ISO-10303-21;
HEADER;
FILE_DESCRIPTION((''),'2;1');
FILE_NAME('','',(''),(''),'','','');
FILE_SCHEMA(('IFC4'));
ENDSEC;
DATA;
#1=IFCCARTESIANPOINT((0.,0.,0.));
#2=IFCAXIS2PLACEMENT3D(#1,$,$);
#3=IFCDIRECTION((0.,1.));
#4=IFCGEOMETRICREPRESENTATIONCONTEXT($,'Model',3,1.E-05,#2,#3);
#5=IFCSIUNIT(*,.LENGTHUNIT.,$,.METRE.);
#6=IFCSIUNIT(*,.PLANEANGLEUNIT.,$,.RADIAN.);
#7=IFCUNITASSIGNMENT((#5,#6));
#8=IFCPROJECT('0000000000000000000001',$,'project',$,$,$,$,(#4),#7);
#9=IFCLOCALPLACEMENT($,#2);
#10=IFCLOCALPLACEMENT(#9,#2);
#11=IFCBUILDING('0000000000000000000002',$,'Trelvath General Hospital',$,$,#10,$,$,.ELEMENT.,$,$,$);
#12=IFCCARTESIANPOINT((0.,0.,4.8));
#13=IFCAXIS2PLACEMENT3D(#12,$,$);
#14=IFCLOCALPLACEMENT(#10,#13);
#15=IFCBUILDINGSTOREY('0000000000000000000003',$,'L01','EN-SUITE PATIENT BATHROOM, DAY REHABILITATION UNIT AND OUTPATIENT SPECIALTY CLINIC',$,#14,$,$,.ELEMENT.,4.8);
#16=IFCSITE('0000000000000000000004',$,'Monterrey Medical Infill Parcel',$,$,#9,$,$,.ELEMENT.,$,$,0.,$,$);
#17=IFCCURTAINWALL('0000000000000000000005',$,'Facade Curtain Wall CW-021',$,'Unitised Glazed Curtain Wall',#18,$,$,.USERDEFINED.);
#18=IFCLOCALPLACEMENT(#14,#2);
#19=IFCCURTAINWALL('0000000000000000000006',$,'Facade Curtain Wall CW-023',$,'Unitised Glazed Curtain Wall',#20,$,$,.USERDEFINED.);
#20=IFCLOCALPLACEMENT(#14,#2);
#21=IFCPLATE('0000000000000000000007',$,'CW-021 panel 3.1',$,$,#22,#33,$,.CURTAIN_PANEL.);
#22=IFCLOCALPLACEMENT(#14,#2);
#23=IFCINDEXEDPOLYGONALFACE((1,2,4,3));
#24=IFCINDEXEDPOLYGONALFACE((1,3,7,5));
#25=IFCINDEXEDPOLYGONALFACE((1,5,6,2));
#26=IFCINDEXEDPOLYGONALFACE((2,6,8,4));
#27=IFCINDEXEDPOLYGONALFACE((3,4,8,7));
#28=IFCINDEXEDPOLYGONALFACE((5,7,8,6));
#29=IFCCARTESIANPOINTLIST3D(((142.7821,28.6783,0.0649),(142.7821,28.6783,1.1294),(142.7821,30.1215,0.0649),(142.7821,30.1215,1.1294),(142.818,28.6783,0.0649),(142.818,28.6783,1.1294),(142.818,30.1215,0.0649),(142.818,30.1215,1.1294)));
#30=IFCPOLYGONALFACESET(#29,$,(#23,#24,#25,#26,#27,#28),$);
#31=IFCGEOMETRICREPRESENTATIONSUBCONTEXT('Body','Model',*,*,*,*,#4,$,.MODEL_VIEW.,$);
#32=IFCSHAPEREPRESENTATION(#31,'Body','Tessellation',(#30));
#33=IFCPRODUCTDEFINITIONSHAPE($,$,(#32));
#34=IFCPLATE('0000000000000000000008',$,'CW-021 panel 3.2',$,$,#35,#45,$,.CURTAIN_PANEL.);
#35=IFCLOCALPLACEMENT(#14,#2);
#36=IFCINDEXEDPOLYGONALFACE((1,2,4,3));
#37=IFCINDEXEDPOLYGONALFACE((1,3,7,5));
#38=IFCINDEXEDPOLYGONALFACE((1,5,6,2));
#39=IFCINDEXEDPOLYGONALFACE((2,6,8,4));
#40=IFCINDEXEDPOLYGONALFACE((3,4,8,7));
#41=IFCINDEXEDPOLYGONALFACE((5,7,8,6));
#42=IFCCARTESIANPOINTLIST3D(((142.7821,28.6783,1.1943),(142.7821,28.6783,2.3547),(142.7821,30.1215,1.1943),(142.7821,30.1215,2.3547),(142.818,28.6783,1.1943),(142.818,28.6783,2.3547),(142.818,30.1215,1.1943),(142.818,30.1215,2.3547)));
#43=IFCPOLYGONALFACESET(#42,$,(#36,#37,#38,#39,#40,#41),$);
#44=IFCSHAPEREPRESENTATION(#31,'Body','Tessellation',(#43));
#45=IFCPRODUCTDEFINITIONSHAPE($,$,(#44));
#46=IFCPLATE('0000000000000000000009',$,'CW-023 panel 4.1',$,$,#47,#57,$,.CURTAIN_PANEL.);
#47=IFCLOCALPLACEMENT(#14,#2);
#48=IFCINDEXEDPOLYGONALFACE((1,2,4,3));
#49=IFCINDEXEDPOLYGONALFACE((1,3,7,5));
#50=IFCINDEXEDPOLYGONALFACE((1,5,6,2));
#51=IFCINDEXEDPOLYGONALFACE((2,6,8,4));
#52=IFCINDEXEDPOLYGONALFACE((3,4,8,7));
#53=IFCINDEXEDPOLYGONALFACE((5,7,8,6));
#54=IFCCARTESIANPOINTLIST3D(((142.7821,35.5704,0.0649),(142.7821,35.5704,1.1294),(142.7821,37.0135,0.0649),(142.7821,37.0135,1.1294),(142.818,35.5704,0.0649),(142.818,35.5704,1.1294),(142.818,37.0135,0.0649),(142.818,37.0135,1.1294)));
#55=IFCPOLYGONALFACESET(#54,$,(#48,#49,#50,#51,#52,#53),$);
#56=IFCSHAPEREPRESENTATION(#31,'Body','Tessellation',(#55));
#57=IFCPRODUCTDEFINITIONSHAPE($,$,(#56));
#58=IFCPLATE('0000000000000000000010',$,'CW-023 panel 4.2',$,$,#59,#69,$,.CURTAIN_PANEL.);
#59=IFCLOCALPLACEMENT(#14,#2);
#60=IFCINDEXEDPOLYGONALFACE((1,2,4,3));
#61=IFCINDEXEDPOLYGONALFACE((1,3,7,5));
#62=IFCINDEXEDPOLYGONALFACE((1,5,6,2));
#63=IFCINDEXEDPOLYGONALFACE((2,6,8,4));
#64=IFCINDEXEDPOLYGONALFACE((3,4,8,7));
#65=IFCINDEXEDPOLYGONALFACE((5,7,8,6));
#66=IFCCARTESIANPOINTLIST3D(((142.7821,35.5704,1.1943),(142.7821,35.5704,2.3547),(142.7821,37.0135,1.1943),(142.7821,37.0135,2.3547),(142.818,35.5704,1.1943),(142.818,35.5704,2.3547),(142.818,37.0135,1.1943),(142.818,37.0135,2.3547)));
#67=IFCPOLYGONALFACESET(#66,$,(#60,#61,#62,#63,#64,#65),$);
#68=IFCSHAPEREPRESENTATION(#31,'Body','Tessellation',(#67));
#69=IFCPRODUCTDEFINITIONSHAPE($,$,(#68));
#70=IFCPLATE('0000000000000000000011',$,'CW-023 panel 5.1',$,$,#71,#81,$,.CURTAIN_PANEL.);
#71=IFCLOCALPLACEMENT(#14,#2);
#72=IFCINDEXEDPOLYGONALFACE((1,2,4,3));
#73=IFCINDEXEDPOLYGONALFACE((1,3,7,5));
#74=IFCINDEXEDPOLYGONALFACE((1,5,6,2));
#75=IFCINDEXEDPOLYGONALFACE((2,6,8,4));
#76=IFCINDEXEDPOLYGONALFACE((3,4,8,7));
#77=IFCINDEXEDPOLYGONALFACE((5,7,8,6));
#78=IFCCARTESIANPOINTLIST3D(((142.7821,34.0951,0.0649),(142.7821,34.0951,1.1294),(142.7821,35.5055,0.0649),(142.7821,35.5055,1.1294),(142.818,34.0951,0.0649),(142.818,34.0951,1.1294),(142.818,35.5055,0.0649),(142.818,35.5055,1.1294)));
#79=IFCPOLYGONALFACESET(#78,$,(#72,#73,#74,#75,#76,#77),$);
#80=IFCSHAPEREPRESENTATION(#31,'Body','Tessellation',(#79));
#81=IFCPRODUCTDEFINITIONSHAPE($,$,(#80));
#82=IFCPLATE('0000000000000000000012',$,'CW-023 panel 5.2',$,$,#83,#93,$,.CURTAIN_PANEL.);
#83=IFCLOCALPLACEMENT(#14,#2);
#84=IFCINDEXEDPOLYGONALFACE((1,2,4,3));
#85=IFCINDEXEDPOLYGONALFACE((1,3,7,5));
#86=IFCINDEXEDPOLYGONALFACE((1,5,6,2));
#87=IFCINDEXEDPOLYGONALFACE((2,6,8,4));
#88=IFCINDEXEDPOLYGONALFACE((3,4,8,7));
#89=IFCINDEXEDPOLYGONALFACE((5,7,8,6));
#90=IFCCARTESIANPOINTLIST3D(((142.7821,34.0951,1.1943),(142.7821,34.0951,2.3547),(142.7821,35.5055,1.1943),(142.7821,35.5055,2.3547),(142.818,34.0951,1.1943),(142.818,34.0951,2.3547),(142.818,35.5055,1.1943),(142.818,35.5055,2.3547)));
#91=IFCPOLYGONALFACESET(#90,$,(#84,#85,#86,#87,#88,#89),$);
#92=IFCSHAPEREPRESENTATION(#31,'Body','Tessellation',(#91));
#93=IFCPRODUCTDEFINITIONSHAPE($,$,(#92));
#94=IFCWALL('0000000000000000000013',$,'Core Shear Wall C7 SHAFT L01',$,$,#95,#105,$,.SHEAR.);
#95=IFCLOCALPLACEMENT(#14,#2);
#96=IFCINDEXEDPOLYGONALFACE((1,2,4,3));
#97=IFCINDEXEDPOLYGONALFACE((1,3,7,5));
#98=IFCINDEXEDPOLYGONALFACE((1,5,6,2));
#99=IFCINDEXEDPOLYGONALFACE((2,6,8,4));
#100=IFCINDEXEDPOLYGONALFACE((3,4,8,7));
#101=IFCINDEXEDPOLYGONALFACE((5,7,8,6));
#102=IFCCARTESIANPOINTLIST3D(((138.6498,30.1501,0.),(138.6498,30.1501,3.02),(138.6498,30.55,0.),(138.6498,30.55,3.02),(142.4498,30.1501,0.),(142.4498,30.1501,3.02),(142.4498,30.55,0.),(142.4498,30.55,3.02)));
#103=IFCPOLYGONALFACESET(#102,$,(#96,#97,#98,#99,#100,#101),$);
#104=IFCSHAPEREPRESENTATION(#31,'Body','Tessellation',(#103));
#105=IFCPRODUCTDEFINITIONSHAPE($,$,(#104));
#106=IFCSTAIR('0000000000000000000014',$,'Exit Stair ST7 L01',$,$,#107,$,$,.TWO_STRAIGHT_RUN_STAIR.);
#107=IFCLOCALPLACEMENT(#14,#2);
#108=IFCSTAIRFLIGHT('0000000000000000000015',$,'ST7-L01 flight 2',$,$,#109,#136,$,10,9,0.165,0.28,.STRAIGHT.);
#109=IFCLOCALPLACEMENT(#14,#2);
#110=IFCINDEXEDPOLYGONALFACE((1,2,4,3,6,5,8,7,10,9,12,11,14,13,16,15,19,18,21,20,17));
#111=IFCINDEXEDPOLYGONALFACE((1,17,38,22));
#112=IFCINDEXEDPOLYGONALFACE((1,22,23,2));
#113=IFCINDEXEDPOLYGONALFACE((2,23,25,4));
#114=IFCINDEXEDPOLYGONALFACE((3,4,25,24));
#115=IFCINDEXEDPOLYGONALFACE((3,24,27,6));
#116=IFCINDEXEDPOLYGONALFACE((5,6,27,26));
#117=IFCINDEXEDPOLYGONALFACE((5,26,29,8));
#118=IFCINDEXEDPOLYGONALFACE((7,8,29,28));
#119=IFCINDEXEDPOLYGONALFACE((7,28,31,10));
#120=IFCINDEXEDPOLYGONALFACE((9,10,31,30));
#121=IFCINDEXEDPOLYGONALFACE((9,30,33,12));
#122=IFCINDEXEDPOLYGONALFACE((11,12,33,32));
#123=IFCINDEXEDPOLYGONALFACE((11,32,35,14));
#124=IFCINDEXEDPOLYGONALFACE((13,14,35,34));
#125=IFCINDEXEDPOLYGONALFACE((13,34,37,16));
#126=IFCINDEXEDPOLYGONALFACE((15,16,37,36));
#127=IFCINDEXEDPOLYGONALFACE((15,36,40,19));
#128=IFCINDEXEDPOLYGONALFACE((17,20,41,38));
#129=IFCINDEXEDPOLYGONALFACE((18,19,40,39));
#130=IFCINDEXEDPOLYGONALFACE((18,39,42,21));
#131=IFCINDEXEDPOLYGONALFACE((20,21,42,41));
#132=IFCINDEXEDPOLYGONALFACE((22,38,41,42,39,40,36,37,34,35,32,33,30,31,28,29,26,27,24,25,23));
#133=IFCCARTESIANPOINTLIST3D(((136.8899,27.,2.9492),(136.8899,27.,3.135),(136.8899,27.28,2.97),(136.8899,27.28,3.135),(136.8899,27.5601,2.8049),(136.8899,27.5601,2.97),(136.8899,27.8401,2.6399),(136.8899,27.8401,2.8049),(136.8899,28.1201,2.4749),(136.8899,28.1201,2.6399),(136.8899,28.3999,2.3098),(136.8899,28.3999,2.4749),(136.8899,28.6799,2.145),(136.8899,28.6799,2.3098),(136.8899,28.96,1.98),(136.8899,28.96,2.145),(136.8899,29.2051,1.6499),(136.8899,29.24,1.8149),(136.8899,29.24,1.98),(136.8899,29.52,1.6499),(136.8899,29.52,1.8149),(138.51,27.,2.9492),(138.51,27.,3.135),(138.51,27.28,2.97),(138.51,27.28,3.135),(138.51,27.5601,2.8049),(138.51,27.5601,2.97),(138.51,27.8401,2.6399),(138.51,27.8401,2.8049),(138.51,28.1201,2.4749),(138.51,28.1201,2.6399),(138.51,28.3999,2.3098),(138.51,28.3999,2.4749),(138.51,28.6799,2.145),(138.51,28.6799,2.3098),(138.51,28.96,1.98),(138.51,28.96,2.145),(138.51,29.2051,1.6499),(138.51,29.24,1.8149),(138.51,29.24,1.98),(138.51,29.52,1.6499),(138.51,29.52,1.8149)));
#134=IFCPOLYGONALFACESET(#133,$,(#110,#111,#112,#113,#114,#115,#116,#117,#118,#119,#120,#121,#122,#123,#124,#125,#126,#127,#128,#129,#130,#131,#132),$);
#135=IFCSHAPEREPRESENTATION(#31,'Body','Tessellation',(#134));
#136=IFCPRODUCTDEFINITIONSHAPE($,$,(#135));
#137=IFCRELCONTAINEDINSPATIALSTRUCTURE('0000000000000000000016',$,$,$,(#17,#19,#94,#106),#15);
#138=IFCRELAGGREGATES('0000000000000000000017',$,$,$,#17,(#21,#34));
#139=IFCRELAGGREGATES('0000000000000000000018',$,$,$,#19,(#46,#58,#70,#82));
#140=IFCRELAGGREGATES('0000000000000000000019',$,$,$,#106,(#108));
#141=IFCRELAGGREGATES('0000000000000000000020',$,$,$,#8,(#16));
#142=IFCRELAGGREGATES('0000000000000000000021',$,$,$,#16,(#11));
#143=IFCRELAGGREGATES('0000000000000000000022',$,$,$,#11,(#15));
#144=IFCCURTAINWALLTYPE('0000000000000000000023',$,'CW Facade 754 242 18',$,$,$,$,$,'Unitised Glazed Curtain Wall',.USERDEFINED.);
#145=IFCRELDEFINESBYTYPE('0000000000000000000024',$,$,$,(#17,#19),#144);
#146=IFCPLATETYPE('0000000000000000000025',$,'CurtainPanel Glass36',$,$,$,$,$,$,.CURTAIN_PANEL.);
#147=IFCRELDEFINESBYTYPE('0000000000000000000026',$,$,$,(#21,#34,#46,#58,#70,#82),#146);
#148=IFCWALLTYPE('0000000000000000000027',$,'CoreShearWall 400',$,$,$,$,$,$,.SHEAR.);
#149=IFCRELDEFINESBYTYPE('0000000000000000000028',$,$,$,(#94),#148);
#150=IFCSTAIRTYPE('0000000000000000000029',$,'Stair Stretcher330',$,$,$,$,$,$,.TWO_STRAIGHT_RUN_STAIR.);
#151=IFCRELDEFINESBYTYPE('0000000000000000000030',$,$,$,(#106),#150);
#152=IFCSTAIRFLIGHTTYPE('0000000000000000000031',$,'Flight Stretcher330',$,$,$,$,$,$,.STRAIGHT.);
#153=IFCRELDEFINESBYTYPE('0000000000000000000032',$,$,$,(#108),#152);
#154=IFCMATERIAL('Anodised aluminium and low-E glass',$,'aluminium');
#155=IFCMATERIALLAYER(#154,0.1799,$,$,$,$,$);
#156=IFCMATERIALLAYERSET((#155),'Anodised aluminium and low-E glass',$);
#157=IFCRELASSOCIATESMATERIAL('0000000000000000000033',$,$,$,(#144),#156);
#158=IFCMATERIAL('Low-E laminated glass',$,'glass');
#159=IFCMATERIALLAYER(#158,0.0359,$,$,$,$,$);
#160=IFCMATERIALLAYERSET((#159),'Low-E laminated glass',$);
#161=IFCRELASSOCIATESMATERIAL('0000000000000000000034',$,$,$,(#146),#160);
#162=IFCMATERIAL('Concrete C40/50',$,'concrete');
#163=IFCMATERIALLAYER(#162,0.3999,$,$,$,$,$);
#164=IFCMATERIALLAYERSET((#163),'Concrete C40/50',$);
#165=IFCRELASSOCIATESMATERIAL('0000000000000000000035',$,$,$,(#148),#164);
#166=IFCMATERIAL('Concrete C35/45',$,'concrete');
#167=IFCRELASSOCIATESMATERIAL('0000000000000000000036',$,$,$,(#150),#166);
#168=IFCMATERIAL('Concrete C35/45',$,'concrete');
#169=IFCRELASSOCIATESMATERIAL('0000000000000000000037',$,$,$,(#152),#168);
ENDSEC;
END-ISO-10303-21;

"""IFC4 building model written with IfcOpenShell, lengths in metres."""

from ifc_helpers import new_model, si_unit, direction, frame, frame_2d, origin, origin_2d, place, context, subcontext, project, spatial, polyline, rectangle, outline, extrude, material, layer, layer_set, type_object, element, aggregate, save


model = new_model("IFC4")

# Units and contexts
model_context = context("Model", 3, precision=1e-05, world=origin(), true_north=direction((0.0, 1.0)))
body_context = subcontext(model_context, "Body", "Model", "MODEL_VIEW")
ifc_project = project(units=[si_unit("LENGTHUNIT", "METRE"), si_unit("PLANEANGLEUNIT", "RADIAN")], contexts=[model_context])

# Site, building, storey
site_placement = place(None, origin())
site = spatial("IfcSite", under=ifc_project, at=site_placement, Name="Monterrey Medical Infill Parcel", CompositionType="ELEMENT", RefElevation=0.0)
building_placement = place(site_placement, origin())
building = spatial("IfcBuilding", under=site, at=building_placement, Name="Trelvath General Hospital", CompositionType="ELEMENT")
storey_placement = place(building_placement, frame((0.0, 0.0, 4.8)))
storey = spatial("IfcBuildingStorey", under=building, at=storey_placement, Name="L01", Description="EN-SUITE PATIENT BATHROOM, DAY REHABILITATION UNIT AND OUTPATIENT SPECIALTY CLINIC", CompositionType="ELEMENT", Elevation=4.8)

# Curtain walls
ifc_material_1 = material(Name="Anodised aluminium and low-E glass", Category="aluminium")
ifc_layer_1 = layer(ifc_material_1, 0.1799)
ifc_layer_set_1 = layer_set([ifc_layer_1], Name="Anodised aluminium and low-E glass")
curtain_wall_type = type_object("IfcCurtainWallType", Name="CW Facade 754 242 18", ElementType="Unitised Glazed Curtain Wall", PredefinedType="USERDEFINED", material=ifc_layer_set_1)
curtain_wall_1_placement = place(storey_placement, origin())
curtain_wall_1 = element("IfcCurtainWall", 1, at=curtain_wall_1_placement, inside=storey, type_object=curtain_wall_type, Name="Facade Curtain Wall CW-021", ObjectType="Unitised Glazed Curtain Wall", PredefinedType="USERDEFINED")
curtain_wall_2_placement = place(storey_placement, origin())
curtain_wall_2 = element("IfcCurtainWall", 2, at=curtain_wall_2_placement, inside=storey, type_object=curtain_wall_type, Name="Facade Curtain Wall CW-023", ObjectType="Unitised Glazed Curtain Wall", PredefinedType="USERDEFINED")

# Plates
ifc_material_2 = material(Name="Low-E laminated glass", Category="glass")
ifc_layer_2 = layer(ifc_material_2, 0.0359)
ifc_layer_set_2 = layer_set([ifc_layer_2], Name="Low-E laminated glass")
plate_type = type_object("IfcPlateType", Name="CurtainPanel Glass36", PredefinedType="CURTAIN_PANEL", material=ifc_layer_set_2)
plate_1_placement = place(storey_placement, frame((142.8, 29.3999, 0.0649), z_axis=(0.0, 0.0, 1.0), x_axis=(0.0, -1.0, 0.0)))
plate_1 = element("IfcPlate", 3, at=plate_1_placement, type_object=plate_type, Name="CW-021 panel 3.1", PredefinedType="CURTAIN_PANEL", context=body_context, shape_type="SweptSolid", body=[
    extrude(rectangle(XDim=1.4431, YDim=0.0359, at=origin_2d()), origin(), (0.0, 0.0, 1.0), 1.0645),
])
plate_2_placement = place(storey_placement, frame((142.8, 29.3999, 1.1943), z_axis=(0.0, 0.0, 1.0), x_axis=(0.0, -1.0, 0.0)))
plate_2 = element("IfcPlate", 4, at=plate_2_placement, type_object=plate_type, Name="CW-021 panel 3.2", PredefinedType="CURTAIN_PANEL", context=body_context, shape_type="SweptSolid", body=[
    extrude(rectangle(XDim=1.4431, YDim=0.0359, at=origin_2d()), origin(), (0.0, 0.0, 1.0), 1.1604),
])
aggregate(curtain_wall_1, [plate_1, plate_2])
plate_3_placement = place(storey_placement, frame((142.8, 36.292, 0.0649), z_axis=(0.0, 0.0, 1.0), x_axis=(0.0, -1.0, 0.0)))
plate_3 = element("IfcPlate", 5, at=plate_3_placement, type_object=plate_type, Name="CW-023 panel 4.1", PredefinedType="CURTAIN_PANEL", context=body_context, shape_type="SweptSolid", body=[
    extrude(rectangle(XDim=1.4431, YDim=0.0359, at=origin_2d()), origin(), (0.0, 0.0, 1.0), 1.0645),
])
plate_4_placement = place(storey_placement, frame((142.8, 36.292, 1.1943), z_axis=(0.0, 0.0, 1.0), x_axis=(0.0, -1.0, 0.0)))
plate_4 = element("IfcPlate", 6, at=plate_4_placement, type_object=plate_type, Name="CW-023 panel 4.2", PredefinedType="CURTAIN_PANEL", context=body_context, shape_type="SweptSolid", body=[
    extrude(rectangle(XDim=1.4431, YDim=0.0359, at=origin_2d()), origin(), (0.0, 0.0, 1.0), 1.1604),
])
plate_5_placement = place(storey_placement, frame((142.8, 34.8003, 0.0649), z_axis=(0.0, 0.0, 1.0), x_axis=(0.0, -1.0, 0.0)))
plate_5 = element("IfcPlate", 7, at=plate_5_placement, type_object=plate_type, Name="CW-023 panel 5.1", PredefinedType="CURTAIN_PANEL", context=body_context, shape_type="SweptSolid", body=[
    extrude(rectangle(XDim=1.4104, YDim=0.0359, at=origin_2d()), origin(), (0.0, 0.0, 1.0), 1.0645),
])
plate_6_placement = place(storey_placement, frame((142.8, 34.8003, 1.1943), z_axis=(0.0, 0.0, 1.0), x_axis=(0.0, -1.0, 0.0)))
plate_6 = element("IfcPlate", 8, at=plate_6_placement, type_object=plate_type, Name="CW-023 panel 5.2", PredefinedType="CURTAIN_PANEL", context=body_context, shape_type="SweptSolid", body=[
    extrude(rectangle(XDim=1.4104, YDim=0.0359, at=origin_2d()), origin(), (0.0, 0.0, 1.0), 1.1604),
])
aggregate(curtain_wall_2, [plate_3, plate_4, plate_5, plate_6])

# Wall
ifc_material_3 = material(Name="Concrete C40/50", Category="concrete")
ifc_layer_3 = layer(ifc_material_3, 0.3999)
ifc_layer_set_3 = layer_set([ifc_layer_3], Name="Concrete C40/50")
wall_type = type_object("IfcWallType", Name="CoreShearWall 400", PredefinedType="SHEAR", material=ifc_layer_set_3)
wall_placement = place(storey_placement, frame((138.6499, 30.3501, 0.0), z_axis=(0.0, 0.0, 1.0), x_axis=(1.0, 0.0, 0.0)))
element("IfcWall", 9, at=wall_placement, inside=storey, type_object=wall_type, Name="Core Shear Wall C7 SHAFT L01", PredefinedType="SHEAR", context=body_context, shape_type="SweptSolid", body=[
    extrude(rectangle(XDim=3.8, YDim=0.3999, at=frame_2d((1.8999, 0.0))), origin(), (0.0, 0.0, 1.0), 3.02),
])

# Stair, stair flight
ifc_material_4 = material(Name="Concrete C35/45", Category="concrete")
stair_type = type_object("IfcStairType", Name="Stair Stretcher330", PredefinedType="TWO_STRAIGHT_RUN_STAIR", material=ifc_material_4)
stair_placement = place(storey_placement, origin())
stair = element("IfcStair", 10, at=stair_placement, inside=storey, type_object=stair_type, Name="Exit Stair ST7 L01", PredefinedType="TWO_STRAIGHT_RUN_STAIR")
ifc_material_5 = material(Name="Concrete C35/45", Category="concrete")
stair_flight_type = type_object("IfcStairFlightType", Name="Flight Stretcher330", PredefinedType="STRAIGHT", material=ifc_material_5)
stair_flight_placement = place(storey_placement, frame((137.7, 29.52, 1.6499), z_axis=(0.0, 0.0, 1.0), x_axis=(0.0, -1.0, 0.0)))
stair_flight = element("IfcStairFlight", 11, at=stair_flight_placement, type_object=stair_flight_type, Name="ST7-L01 flight 2", NumberOfRisers=10, NumberOfTreads=9, PredefinedType="STRAIGHT", RiserHeight=0.165, TreadLength=0.28, context=body_context, shape_type="SweptSolid", body=[
    extrude(outline(polyline([(0.0, 0.0), (0.0, 0.165), (0.28, 0.165), (0.28, 0.3301), (0.5601, 0.3301), (0.5601, 0.4951), (0.8401, 0.4951), (0.8401, 0.6599), (1.1201, 0.6599), (1.1201, 0.825), (1.3999, 0.825), (1.3999, 0.99), (1.6799, 0.99), (1.6799, 1.155), (1.96, 1.155), (1.96, 1.3201), (2.24, 1.3201), (2.24, 1.4851), (2.52, 1.4851), (2.52, 1.6499), (2.52, 1.2993), (0.3149, 0.0), (0.0, 0.0)])), frame((0.0, 0.8101, 0.0), z_axis=(0.0, -1.0, 0.0), x_axis=(1.0, 0.0, 0.0)), (0.0, 0.0, 1.0), 1.6201),
])
aggregate(stair, [stair_flight])

save(model, "model.ifc")
